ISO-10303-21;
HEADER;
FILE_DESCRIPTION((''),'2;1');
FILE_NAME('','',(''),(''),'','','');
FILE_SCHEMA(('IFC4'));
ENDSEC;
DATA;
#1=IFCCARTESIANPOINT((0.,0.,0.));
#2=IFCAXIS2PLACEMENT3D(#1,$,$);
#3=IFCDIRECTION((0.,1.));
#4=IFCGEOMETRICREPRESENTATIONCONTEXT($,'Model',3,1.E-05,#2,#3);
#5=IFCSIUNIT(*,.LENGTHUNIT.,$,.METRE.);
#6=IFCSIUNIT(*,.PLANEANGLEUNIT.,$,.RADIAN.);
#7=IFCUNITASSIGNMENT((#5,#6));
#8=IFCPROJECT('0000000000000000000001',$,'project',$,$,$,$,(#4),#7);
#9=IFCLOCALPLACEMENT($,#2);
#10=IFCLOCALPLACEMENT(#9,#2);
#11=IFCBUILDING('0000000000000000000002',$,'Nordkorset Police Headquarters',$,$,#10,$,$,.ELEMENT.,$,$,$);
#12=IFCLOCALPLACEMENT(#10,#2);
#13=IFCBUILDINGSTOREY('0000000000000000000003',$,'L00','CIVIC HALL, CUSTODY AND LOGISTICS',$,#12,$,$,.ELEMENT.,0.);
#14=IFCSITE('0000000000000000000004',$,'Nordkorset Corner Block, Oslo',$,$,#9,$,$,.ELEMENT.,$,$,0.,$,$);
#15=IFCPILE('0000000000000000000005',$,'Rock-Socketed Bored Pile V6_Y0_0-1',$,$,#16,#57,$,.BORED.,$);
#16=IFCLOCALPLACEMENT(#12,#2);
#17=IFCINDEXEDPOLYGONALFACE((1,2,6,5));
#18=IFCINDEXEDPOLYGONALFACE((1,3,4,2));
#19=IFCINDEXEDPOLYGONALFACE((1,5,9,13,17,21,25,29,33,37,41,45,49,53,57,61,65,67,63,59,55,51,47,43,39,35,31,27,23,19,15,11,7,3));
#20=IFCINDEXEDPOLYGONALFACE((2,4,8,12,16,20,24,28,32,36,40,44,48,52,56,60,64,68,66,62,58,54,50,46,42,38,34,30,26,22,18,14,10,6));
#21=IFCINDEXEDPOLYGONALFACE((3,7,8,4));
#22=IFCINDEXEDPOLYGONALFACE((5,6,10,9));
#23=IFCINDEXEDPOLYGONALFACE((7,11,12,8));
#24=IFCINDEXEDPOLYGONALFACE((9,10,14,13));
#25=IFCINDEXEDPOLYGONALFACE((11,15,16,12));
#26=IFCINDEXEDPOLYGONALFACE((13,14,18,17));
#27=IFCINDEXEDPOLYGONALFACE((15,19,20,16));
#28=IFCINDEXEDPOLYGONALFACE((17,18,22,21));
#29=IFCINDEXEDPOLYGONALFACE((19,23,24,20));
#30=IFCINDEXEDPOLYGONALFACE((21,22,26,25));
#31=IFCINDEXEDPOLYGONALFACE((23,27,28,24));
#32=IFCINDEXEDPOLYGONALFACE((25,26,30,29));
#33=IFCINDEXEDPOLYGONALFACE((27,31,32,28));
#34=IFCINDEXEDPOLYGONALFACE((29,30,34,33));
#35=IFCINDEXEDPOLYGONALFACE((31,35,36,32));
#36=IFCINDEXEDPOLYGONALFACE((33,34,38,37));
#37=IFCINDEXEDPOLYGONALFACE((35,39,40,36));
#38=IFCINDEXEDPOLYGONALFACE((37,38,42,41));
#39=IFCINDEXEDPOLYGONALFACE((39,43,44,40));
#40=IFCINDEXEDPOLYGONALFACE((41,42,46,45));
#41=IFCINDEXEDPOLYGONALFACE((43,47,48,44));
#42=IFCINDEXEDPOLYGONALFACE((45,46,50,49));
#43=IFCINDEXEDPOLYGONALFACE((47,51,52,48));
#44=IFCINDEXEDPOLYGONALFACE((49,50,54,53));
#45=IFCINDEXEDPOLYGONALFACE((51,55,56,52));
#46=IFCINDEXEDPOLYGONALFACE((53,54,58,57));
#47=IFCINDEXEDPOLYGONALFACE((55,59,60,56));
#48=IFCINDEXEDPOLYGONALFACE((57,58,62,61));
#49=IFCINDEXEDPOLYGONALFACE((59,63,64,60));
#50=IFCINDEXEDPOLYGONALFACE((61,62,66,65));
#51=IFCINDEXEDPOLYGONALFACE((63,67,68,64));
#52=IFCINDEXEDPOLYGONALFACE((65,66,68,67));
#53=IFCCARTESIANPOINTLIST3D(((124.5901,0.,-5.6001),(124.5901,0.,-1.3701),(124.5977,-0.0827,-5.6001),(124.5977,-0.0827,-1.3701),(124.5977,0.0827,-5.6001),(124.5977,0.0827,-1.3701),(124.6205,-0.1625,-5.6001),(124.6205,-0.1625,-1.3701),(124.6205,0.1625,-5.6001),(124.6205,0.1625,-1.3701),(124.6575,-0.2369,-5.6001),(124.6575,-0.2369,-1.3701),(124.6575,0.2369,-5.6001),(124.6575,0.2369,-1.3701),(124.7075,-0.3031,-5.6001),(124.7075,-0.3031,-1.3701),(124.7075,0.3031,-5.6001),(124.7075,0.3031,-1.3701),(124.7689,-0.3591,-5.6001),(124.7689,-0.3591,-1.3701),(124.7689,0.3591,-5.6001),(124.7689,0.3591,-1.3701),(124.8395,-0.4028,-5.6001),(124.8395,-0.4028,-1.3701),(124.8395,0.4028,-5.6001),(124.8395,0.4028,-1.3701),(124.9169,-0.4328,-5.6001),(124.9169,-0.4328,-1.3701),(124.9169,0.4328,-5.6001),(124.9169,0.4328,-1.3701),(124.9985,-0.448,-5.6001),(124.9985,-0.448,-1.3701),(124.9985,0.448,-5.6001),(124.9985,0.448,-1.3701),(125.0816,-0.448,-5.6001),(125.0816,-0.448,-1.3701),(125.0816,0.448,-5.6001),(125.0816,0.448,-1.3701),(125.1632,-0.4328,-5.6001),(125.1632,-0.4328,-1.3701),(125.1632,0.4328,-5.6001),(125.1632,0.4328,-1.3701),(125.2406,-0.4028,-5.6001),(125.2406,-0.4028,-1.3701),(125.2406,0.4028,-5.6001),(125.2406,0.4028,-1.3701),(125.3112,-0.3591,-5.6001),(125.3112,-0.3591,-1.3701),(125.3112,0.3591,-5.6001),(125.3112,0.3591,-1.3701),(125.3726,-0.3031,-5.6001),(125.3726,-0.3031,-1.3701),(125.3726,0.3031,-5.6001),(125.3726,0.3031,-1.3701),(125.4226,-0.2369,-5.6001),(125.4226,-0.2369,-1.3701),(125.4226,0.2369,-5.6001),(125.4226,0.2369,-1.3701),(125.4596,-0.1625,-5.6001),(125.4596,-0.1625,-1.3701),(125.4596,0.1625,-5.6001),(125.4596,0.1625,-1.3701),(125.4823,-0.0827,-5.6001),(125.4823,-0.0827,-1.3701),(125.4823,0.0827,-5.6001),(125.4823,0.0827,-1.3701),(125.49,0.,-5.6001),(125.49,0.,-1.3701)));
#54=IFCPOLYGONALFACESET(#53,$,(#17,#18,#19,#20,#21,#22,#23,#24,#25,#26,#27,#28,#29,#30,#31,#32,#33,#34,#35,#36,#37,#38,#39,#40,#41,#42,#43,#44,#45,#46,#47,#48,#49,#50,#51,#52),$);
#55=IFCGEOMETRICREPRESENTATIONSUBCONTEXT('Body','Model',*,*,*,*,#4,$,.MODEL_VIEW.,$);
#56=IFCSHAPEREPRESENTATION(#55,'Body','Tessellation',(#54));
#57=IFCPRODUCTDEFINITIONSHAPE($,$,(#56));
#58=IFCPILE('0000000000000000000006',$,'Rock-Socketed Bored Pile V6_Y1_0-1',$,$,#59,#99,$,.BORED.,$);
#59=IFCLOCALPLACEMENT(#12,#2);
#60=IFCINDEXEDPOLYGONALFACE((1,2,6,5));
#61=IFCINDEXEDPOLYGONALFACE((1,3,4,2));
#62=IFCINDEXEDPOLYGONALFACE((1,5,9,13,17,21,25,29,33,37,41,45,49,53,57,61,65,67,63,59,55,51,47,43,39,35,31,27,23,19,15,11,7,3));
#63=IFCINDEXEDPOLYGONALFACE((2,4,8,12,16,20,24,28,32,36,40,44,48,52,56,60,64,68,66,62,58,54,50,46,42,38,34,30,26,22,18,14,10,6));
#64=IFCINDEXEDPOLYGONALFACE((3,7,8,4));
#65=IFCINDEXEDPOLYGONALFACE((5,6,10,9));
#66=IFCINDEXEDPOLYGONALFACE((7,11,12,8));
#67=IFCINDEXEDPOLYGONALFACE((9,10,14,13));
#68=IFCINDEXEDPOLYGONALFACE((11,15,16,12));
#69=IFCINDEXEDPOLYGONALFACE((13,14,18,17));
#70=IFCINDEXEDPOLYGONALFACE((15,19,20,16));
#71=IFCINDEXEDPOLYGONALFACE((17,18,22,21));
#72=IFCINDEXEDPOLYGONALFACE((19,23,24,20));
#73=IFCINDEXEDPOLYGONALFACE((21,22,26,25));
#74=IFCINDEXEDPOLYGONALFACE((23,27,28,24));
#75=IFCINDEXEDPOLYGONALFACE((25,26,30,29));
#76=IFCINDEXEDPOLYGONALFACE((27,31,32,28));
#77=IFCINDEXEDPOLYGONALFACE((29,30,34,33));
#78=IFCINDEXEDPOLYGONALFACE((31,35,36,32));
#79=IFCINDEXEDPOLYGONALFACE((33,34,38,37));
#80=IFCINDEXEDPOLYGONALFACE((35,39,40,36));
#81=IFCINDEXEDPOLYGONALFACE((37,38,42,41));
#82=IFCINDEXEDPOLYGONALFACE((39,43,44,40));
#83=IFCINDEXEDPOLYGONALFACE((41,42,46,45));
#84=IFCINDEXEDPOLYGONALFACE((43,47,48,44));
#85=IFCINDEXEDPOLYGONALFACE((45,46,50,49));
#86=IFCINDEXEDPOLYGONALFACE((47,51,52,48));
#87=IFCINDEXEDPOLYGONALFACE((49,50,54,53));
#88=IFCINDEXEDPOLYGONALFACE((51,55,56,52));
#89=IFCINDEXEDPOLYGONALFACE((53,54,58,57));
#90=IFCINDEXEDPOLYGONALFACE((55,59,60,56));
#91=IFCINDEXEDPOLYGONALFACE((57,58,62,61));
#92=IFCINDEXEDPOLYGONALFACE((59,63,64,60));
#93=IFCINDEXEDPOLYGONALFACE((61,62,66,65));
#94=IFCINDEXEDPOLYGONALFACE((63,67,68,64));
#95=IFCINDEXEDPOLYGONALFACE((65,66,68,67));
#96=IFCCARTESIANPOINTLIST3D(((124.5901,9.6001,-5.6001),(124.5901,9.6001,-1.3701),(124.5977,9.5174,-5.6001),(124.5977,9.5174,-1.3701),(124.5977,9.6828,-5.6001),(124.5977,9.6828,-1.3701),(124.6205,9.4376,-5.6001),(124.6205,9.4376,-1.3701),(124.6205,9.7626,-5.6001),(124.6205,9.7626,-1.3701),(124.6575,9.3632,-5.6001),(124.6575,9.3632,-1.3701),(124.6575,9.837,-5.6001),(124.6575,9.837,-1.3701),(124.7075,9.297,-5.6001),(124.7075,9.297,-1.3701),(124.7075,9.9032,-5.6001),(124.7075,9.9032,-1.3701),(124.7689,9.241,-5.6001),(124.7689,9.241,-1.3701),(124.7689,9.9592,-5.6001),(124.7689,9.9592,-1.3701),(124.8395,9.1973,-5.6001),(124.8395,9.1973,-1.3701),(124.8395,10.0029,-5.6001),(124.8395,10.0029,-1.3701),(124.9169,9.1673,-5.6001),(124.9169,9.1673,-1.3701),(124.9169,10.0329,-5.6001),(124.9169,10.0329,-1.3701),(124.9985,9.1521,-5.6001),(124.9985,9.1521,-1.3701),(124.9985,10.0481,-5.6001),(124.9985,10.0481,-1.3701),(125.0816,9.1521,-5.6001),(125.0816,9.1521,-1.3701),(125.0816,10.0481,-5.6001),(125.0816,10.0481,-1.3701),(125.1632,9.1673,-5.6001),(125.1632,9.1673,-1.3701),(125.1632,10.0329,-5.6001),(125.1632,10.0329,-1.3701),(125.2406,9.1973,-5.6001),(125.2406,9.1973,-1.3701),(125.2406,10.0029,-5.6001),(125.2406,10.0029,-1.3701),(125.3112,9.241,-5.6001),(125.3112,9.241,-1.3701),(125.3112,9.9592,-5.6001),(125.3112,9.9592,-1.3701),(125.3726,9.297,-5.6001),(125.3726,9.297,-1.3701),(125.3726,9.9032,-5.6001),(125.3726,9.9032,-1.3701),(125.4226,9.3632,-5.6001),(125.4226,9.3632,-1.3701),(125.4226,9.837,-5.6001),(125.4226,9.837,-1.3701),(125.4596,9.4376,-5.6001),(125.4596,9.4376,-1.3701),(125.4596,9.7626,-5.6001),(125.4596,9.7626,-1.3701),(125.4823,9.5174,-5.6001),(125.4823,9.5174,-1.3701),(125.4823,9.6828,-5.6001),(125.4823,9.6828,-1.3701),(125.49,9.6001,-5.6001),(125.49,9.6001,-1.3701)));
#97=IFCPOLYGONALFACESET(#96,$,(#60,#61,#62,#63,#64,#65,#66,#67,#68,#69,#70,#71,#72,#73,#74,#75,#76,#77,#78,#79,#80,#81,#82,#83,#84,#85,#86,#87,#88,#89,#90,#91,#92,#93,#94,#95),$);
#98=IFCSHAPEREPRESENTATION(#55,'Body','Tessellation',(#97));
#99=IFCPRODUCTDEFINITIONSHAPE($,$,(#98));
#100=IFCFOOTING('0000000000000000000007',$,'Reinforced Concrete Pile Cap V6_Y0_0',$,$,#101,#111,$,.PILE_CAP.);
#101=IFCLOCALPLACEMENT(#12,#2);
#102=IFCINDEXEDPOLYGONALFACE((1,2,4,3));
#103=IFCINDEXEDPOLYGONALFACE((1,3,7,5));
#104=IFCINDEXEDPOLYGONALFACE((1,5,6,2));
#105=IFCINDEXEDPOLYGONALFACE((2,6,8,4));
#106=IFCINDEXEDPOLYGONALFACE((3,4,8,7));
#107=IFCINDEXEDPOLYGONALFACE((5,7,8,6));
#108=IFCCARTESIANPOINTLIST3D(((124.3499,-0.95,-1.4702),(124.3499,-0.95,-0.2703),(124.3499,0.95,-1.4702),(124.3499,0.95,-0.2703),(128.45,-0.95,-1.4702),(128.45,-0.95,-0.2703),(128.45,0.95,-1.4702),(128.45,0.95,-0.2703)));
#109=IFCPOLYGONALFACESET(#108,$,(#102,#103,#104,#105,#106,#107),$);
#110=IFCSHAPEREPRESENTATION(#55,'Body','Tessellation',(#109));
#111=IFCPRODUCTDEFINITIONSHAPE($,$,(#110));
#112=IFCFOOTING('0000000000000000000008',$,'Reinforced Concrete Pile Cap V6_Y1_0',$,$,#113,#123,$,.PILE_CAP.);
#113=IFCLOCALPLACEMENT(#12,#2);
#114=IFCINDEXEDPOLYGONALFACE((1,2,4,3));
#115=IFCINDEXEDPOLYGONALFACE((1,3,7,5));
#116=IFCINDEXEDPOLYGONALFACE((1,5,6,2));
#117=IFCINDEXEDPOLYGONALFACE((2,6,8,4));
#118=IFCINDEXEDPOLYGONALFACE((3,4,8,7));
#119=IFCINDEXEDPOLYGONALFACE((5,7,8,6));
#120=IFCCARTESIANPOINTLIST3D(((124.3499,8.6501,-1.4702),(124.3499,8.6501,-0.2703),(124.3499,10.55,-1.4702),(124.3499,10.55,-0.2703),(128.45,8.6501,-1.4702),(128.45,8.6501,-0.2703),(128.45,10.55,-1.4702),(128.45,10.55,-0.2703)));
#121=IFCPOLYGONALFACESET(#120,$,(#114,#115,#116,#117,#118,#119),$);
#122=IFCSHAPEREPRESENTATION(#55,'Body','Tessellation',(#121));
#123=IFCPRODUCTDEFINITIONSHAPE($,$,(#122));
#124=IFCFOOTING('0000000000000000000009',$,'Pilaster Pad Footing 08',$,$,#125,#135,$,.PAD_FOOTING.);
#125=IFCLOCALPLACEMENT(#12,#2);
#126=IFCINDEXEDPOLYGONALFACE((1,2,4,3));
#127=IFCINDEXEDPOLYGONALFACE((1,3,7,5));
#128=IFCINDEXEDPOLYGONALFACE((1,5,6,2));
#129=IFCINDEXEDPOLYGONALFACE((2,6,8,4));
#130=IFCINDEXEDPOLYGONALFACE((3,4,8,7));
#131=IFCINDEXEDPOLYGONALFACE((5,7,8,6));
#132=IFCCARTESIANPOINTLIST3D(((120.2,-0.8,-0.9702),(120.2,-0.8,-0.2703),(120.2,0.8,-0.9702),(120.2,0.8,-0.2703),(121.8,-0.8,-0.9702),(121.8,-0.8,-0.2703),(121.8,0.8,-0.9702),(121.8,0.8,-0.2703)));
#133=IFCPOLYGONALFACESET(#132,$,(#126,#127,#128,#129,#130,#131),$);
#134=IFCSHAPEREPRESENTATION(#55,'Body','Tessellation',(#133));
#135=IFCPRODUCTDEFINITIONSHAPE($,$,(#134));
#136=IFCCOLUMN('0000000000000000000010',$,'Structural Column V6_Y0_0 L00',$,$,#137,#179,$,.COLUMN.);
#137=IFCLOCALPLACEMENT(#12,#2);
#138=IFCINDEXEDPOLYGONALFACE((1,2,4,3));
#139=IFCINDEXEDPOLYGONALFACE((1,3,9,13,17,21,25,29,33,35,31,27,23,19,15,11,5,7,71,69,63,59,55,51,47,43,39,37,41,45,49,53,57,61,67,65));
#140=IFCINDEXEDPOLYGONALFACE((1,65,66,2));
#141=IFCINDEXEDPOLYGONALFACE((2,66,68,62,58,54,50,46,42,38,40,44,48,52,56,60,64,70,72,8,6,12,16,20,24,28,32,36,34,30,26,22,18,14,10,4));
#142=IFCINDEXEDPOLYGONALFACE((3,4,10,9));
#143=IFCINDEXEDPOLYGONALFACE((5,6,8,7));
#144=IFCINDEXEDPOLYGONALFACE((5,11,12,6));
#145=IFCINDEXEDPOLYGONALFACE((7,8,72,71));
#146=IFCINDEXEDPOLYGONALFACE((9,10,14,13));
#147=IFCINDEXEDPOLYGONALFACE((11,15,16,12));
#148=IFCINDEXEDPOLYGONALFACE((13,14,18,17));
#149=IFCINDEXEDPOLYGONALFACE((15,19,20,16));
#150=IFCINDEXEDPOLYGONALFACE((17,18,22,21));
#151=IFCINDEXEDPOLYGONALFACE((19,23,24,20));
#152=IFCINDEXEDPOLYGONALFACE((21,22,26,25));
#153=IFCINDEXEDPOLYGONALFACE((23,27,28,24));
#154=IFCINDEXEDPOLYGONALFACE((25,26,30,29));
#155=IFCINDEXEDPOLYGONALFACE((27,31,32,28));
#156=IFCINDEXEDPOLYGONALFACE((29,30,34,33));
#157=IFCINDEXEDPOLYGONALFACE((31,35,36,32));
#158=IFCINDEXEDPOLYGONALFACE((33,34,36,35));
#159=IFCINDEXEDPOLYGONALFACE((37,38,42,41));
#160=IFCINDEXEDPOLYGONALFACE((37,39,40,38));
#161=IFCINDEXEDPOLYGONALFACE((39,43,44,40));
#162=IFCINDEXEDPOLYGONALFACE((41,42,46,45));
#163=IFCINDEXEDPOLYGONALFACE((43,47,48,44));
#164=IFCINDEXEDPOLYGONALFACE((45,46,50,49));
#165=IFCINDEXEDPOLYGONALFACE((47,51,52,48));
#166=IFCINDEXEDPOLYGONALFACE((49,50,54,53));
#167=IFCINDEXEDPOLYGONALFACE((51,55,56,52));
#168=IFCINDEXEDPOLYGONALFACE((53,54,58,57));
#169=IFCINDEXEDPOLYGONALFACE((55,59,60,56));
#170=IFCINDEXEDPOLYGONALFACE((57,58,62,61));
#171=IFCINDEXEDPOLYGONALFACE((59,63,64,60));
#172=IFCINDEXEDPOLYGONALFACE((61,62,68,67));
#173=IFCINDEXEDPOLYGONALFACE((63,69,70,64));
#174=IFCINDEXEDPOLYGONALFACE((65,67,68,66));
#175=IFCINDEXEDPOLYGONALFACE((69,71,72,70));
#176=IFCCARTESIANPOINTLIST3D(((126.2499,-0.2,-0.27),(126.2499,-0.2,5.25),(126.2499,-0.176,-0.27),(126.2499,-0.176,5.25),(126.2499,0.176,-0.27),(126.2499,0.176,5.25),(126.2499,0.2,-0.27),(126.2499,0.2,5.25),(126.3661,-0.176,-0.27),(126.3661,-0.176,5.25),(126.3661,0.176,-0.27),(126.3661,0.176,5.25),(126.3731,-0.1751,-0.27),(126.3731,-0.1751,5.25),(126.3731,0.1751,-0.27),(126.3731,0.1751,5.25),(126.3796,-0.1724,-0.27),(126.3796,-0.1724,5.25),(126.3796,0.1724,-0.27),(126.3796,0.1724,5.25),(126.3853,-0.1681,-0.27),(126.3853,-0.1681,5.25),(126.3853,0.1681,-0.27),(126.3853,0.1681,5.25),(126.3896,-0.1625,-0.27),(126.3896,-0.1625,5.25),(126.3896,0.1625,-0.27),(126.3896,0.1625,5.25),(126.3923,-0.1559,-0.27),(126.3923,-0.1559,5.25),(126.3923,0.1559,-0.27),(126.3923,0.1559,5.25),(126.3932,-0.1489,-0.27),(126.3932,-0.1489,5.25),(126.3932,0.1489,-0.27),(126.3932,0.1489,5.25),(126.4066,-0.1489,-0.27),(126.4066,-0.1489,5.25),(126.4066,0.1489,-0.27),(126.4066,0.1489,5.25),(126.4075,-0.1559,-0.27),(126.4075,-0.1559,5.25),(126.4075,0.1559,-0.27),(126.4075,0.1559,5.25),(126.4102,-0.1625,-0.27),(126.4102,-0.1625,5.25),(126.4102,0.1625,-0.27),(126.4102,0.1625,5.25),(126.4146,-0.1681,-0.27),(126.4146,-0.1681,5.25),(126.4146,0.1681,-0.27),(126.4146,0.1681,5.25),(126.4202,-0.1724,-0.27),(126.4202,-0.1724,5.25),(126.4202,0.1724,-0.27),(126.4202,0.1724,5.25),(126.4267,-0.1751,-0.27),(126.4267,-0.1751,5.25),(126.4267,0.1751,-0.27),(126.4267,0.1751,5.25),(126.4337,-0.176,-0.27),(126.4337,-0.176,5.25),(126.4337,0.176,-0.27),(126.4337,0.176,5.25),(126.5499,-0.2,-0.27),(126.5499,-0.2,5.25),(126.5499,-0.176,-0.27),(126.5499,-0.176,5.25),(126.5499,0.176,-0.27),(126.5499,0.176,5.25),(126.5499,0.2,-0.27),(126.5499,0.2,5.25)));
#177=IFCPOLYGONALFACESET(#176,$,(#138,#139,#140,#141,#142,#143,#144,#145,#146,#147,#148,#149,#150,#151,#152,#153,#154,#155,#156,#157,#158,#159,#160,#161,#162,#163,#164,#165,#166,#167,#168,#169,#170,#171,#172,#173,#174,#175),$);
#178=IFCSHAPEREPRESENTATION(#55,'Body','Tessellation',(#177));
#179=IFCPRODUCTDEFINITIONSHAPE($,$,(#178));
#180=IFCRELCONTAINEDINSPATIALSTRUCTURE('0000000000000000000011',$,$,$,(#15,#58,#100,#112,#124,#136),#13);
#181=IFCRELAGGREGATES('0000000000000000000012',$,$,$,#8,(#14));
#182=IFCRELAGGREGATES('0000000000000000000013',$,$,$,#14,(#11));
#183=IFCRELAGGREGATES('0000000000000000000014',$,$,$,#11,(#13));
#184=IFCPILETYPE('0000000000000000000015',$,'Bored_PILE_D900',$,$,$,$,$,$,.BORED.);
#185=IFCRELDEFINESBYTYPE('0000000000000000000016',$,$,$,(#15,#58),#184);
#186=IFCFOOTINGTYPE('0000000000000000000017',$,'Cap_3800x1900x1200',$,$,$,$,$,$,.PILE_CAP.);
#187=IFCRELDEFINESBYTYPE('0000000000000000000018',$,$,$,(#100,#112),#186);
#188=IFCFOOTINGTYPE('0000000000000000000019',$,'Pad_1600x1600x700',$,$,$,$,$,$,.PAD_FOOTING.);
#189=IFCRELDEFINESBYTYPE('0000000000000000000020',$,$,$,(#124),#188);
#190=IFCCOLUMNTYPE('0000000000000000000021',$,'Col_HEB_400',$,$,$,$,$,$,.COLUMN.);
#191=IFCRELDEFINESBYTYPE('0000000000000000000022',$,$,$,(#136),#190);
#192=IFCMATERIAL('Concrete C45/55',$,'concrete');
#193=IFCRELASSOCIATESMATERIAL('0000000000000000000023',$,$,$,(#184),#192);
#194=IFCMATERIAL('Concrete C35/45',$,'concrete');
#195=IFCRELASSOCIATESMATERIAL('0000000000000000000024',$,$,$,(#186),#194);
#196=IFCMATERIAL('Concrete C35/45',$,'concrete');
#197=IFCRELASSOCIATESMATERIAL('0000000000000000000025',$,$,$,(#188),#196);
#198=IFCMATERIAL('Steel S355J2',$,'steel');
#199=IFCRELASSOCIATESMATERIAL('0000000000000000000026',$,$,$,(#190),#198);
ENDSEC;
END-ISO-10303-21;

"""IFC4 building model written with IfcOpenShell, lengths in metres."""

from ifc_helpers import new_model, si_unit, direction, frame, origin, origin_2d, place, context, subcontext, project, spatial, rectangle, circle, i_section, extrude, material, material_profile, profile_set, type_object, element, save


model = new_model("IFC4")

# Units and contexts
model_context = context("Model", 3, precision=1e-05, world=origin(), true_north=direction((0.0, 1.0)))
body_context = subcontext(model_context, "Body", "Model", "MODEL_VIEW")
ifc_project = project(units=[si_unit("LENGTHUNIT", "METRE"), si_unit("PLANEANGLEUNIT", "RADIAN")], contexts=[model_context])

# Site, building, storey
site_placement = place(None, origin())
site = spatial("IfcSite", under=ifc_project, at=site_placement, Name="Nordkorset Corner Block, Oslo", CompositionType="ELEMENT", RefElevation=0.0)
building_placement = place(site_placement, origin())
building = spatial("IfcBuilding", under=site, at=building_placement, Name="Nordkorset Police Headquarters", CompositionType="ELEMENT")
storey_placement = place(building_placement, origin())
storey = spatial("IfcBuildingStorey", under=building, at=storey_placement, Name="L00", Description="CIVIC HALL, CUSTODY AND LOGISTICS", CompositionType="ELEMENT", Elevation=0.0)

# Piles
ifc_material_1 = material(Name="Concrete C45/55", Category="concrete")
ifc_material_profile_1 = material_profile(ifc_material_1, circle(Radius=0.45, at=origin_2d()), Name="PILE D900")
ifc_profile_set_1 = profile_set([ifc_material_profile_1], Name="Concrete C45/55")
pile_type = type_object("IfcPileType", Name="Bored_PILE_D900", PredefinedType="BORED", material=ifc_profile_set_1)
for number, where, z_axis, x_axis, name in (
    (1, (125.04, 0.0, -1.3701), (0.0, 0.0, -1.0), (1.0, 0.0, 0.0), "Rock-Socketed Bored Pile V6_Y0_0-1"),
    (2, (125.04, 9.6001, -1.3701), (0.0, 0.0, -1.0), (1.0, 0.0, 0.0), "Rock-Socketed Bored Pile V6_Y1_0-1"),
):
    element("IfcPile", number, at=place(storey_placement, frame(where, z_axis=z_axis, x_axis=x_axis)), inside=storey, type_object=pile_type, Name=name, PredefinedType="BORED", context=body_context, shape_type="SweptSolid", body=[
        extrude(circle(Radius=0.45, at=origin_2d()), origin(), (0.0, 0.0, 1.0), 4.23),
    ])

# Footings
ifc_material_2 = material(Name="Concrete C35/45", Category="concrete")
footing_type_1 = type_object("IfcFootingType", Name="Cap_3800x1900x1200", PredefinedType="PILE_CAP", material=ifc_material_2)
for number, where, z_axis, x_axis, name in (
    (3, (126.3999, 0.0, -1.4702), (0.0, 0.0, 1.0), (1.0, 0.0, 0.0), "Reinforced Concrete Pile Cap V6_Y0_0"),
    (4, (126.3999, 9.6001, -1.4702), (0.0, 0.0, 1.0), (1.0, 0.0, 0.0), "Reinforced Concrete Pile Cap V6_Y1_0"),
):
    element("IfcFooting", number, at=place(storey_placement, frame(where, z_axis=z_axis, x_axis=x_axis)), inside=storey, type_object=footing_type_1, Name=name, PredefinedType="PILE_CAP", context=body_context, shape_type="SweptSolid", body=[
        extrude(rectangle(XDim=4.1001, YDim=1.8999, at=origin_2d()), origin(), (0.0, 0.0, 1.0), 1.2),
    ])
ifc_material_3 = material(Name="Concrete C35/45", Category="concrete")
footing_type_2 = type_object("IfcFootingType", Name="Pad_1600x1600x700", PredefinedType="PAD_FOOTING", material=ifc_material_3)
footing_placement = place(storey_placement, frame((121.0, 0.0, -0.9702), z_axis=(0.0, 0.0, 1.0), x_axis=(1.0, 0.0, 0.0)))
element("IfcFooting", 5, at=footing_placement, inside=storey, type_object=footing_type_2, Name="Pilaster Pad Footing 08", PredefinedType="PAD_FOOTING", context=body_context, shape_type="SweptSolid", body=[
    extrude(rectangle(XDim=1.6001, YDim=1.6001, at=origin_2d()), origin(), (0.0, 0.0, 1.0), 0.7),
])

# Column
ifc_material_4 = material(Name="Steel S355J2", Category="steel")
ifc_material_profile_2 = material_profile(ifc_material_4, i_section(OverallWidth=0.3, OverallDepth=0.3999, WebThickness=0.0134, FlangeThickness=0.0239, FilletRadius=0.0271, at=origin_2d()), Name="HEB 400")
ifc_profile_set_2 = profile_set([ifc_material_profile_2], Name="Steel S355J2")
column_type_1 = type_object("IfcColumnType", Name="Col_HEB_400", PredefinedType="COLUMN", material=ifc_profile_set_2)
for number, where, z_axis, x_axis, name in (
    (6, (126.3999, 0.0, -0.27), (0.0, 0.0, 1.0), (1.0, 0.0, 0.0), "Structural Column V6_Y0_0 L00"),
):
    element("IfcColumn", number, at=place(storey_placement, frame(where, z_axis=z_axis, x_axis=x_axis)), inside=storey, type_object=column_type_1, Name=name, PredefinedType="COLUMN", context=body_context, shape_type="SweptSolid", body=[
        extrude(i_section(OverallWidth=0.3, OverallDepth=0.3999, WebThickness=0.0134, FlangeThickness=0.0239, FilletRadius=0.0271, at=origin_2d()), origin(), (0.0, 0.0, 1.0), 5.52),
    ])

save(model, "model.ifc")
